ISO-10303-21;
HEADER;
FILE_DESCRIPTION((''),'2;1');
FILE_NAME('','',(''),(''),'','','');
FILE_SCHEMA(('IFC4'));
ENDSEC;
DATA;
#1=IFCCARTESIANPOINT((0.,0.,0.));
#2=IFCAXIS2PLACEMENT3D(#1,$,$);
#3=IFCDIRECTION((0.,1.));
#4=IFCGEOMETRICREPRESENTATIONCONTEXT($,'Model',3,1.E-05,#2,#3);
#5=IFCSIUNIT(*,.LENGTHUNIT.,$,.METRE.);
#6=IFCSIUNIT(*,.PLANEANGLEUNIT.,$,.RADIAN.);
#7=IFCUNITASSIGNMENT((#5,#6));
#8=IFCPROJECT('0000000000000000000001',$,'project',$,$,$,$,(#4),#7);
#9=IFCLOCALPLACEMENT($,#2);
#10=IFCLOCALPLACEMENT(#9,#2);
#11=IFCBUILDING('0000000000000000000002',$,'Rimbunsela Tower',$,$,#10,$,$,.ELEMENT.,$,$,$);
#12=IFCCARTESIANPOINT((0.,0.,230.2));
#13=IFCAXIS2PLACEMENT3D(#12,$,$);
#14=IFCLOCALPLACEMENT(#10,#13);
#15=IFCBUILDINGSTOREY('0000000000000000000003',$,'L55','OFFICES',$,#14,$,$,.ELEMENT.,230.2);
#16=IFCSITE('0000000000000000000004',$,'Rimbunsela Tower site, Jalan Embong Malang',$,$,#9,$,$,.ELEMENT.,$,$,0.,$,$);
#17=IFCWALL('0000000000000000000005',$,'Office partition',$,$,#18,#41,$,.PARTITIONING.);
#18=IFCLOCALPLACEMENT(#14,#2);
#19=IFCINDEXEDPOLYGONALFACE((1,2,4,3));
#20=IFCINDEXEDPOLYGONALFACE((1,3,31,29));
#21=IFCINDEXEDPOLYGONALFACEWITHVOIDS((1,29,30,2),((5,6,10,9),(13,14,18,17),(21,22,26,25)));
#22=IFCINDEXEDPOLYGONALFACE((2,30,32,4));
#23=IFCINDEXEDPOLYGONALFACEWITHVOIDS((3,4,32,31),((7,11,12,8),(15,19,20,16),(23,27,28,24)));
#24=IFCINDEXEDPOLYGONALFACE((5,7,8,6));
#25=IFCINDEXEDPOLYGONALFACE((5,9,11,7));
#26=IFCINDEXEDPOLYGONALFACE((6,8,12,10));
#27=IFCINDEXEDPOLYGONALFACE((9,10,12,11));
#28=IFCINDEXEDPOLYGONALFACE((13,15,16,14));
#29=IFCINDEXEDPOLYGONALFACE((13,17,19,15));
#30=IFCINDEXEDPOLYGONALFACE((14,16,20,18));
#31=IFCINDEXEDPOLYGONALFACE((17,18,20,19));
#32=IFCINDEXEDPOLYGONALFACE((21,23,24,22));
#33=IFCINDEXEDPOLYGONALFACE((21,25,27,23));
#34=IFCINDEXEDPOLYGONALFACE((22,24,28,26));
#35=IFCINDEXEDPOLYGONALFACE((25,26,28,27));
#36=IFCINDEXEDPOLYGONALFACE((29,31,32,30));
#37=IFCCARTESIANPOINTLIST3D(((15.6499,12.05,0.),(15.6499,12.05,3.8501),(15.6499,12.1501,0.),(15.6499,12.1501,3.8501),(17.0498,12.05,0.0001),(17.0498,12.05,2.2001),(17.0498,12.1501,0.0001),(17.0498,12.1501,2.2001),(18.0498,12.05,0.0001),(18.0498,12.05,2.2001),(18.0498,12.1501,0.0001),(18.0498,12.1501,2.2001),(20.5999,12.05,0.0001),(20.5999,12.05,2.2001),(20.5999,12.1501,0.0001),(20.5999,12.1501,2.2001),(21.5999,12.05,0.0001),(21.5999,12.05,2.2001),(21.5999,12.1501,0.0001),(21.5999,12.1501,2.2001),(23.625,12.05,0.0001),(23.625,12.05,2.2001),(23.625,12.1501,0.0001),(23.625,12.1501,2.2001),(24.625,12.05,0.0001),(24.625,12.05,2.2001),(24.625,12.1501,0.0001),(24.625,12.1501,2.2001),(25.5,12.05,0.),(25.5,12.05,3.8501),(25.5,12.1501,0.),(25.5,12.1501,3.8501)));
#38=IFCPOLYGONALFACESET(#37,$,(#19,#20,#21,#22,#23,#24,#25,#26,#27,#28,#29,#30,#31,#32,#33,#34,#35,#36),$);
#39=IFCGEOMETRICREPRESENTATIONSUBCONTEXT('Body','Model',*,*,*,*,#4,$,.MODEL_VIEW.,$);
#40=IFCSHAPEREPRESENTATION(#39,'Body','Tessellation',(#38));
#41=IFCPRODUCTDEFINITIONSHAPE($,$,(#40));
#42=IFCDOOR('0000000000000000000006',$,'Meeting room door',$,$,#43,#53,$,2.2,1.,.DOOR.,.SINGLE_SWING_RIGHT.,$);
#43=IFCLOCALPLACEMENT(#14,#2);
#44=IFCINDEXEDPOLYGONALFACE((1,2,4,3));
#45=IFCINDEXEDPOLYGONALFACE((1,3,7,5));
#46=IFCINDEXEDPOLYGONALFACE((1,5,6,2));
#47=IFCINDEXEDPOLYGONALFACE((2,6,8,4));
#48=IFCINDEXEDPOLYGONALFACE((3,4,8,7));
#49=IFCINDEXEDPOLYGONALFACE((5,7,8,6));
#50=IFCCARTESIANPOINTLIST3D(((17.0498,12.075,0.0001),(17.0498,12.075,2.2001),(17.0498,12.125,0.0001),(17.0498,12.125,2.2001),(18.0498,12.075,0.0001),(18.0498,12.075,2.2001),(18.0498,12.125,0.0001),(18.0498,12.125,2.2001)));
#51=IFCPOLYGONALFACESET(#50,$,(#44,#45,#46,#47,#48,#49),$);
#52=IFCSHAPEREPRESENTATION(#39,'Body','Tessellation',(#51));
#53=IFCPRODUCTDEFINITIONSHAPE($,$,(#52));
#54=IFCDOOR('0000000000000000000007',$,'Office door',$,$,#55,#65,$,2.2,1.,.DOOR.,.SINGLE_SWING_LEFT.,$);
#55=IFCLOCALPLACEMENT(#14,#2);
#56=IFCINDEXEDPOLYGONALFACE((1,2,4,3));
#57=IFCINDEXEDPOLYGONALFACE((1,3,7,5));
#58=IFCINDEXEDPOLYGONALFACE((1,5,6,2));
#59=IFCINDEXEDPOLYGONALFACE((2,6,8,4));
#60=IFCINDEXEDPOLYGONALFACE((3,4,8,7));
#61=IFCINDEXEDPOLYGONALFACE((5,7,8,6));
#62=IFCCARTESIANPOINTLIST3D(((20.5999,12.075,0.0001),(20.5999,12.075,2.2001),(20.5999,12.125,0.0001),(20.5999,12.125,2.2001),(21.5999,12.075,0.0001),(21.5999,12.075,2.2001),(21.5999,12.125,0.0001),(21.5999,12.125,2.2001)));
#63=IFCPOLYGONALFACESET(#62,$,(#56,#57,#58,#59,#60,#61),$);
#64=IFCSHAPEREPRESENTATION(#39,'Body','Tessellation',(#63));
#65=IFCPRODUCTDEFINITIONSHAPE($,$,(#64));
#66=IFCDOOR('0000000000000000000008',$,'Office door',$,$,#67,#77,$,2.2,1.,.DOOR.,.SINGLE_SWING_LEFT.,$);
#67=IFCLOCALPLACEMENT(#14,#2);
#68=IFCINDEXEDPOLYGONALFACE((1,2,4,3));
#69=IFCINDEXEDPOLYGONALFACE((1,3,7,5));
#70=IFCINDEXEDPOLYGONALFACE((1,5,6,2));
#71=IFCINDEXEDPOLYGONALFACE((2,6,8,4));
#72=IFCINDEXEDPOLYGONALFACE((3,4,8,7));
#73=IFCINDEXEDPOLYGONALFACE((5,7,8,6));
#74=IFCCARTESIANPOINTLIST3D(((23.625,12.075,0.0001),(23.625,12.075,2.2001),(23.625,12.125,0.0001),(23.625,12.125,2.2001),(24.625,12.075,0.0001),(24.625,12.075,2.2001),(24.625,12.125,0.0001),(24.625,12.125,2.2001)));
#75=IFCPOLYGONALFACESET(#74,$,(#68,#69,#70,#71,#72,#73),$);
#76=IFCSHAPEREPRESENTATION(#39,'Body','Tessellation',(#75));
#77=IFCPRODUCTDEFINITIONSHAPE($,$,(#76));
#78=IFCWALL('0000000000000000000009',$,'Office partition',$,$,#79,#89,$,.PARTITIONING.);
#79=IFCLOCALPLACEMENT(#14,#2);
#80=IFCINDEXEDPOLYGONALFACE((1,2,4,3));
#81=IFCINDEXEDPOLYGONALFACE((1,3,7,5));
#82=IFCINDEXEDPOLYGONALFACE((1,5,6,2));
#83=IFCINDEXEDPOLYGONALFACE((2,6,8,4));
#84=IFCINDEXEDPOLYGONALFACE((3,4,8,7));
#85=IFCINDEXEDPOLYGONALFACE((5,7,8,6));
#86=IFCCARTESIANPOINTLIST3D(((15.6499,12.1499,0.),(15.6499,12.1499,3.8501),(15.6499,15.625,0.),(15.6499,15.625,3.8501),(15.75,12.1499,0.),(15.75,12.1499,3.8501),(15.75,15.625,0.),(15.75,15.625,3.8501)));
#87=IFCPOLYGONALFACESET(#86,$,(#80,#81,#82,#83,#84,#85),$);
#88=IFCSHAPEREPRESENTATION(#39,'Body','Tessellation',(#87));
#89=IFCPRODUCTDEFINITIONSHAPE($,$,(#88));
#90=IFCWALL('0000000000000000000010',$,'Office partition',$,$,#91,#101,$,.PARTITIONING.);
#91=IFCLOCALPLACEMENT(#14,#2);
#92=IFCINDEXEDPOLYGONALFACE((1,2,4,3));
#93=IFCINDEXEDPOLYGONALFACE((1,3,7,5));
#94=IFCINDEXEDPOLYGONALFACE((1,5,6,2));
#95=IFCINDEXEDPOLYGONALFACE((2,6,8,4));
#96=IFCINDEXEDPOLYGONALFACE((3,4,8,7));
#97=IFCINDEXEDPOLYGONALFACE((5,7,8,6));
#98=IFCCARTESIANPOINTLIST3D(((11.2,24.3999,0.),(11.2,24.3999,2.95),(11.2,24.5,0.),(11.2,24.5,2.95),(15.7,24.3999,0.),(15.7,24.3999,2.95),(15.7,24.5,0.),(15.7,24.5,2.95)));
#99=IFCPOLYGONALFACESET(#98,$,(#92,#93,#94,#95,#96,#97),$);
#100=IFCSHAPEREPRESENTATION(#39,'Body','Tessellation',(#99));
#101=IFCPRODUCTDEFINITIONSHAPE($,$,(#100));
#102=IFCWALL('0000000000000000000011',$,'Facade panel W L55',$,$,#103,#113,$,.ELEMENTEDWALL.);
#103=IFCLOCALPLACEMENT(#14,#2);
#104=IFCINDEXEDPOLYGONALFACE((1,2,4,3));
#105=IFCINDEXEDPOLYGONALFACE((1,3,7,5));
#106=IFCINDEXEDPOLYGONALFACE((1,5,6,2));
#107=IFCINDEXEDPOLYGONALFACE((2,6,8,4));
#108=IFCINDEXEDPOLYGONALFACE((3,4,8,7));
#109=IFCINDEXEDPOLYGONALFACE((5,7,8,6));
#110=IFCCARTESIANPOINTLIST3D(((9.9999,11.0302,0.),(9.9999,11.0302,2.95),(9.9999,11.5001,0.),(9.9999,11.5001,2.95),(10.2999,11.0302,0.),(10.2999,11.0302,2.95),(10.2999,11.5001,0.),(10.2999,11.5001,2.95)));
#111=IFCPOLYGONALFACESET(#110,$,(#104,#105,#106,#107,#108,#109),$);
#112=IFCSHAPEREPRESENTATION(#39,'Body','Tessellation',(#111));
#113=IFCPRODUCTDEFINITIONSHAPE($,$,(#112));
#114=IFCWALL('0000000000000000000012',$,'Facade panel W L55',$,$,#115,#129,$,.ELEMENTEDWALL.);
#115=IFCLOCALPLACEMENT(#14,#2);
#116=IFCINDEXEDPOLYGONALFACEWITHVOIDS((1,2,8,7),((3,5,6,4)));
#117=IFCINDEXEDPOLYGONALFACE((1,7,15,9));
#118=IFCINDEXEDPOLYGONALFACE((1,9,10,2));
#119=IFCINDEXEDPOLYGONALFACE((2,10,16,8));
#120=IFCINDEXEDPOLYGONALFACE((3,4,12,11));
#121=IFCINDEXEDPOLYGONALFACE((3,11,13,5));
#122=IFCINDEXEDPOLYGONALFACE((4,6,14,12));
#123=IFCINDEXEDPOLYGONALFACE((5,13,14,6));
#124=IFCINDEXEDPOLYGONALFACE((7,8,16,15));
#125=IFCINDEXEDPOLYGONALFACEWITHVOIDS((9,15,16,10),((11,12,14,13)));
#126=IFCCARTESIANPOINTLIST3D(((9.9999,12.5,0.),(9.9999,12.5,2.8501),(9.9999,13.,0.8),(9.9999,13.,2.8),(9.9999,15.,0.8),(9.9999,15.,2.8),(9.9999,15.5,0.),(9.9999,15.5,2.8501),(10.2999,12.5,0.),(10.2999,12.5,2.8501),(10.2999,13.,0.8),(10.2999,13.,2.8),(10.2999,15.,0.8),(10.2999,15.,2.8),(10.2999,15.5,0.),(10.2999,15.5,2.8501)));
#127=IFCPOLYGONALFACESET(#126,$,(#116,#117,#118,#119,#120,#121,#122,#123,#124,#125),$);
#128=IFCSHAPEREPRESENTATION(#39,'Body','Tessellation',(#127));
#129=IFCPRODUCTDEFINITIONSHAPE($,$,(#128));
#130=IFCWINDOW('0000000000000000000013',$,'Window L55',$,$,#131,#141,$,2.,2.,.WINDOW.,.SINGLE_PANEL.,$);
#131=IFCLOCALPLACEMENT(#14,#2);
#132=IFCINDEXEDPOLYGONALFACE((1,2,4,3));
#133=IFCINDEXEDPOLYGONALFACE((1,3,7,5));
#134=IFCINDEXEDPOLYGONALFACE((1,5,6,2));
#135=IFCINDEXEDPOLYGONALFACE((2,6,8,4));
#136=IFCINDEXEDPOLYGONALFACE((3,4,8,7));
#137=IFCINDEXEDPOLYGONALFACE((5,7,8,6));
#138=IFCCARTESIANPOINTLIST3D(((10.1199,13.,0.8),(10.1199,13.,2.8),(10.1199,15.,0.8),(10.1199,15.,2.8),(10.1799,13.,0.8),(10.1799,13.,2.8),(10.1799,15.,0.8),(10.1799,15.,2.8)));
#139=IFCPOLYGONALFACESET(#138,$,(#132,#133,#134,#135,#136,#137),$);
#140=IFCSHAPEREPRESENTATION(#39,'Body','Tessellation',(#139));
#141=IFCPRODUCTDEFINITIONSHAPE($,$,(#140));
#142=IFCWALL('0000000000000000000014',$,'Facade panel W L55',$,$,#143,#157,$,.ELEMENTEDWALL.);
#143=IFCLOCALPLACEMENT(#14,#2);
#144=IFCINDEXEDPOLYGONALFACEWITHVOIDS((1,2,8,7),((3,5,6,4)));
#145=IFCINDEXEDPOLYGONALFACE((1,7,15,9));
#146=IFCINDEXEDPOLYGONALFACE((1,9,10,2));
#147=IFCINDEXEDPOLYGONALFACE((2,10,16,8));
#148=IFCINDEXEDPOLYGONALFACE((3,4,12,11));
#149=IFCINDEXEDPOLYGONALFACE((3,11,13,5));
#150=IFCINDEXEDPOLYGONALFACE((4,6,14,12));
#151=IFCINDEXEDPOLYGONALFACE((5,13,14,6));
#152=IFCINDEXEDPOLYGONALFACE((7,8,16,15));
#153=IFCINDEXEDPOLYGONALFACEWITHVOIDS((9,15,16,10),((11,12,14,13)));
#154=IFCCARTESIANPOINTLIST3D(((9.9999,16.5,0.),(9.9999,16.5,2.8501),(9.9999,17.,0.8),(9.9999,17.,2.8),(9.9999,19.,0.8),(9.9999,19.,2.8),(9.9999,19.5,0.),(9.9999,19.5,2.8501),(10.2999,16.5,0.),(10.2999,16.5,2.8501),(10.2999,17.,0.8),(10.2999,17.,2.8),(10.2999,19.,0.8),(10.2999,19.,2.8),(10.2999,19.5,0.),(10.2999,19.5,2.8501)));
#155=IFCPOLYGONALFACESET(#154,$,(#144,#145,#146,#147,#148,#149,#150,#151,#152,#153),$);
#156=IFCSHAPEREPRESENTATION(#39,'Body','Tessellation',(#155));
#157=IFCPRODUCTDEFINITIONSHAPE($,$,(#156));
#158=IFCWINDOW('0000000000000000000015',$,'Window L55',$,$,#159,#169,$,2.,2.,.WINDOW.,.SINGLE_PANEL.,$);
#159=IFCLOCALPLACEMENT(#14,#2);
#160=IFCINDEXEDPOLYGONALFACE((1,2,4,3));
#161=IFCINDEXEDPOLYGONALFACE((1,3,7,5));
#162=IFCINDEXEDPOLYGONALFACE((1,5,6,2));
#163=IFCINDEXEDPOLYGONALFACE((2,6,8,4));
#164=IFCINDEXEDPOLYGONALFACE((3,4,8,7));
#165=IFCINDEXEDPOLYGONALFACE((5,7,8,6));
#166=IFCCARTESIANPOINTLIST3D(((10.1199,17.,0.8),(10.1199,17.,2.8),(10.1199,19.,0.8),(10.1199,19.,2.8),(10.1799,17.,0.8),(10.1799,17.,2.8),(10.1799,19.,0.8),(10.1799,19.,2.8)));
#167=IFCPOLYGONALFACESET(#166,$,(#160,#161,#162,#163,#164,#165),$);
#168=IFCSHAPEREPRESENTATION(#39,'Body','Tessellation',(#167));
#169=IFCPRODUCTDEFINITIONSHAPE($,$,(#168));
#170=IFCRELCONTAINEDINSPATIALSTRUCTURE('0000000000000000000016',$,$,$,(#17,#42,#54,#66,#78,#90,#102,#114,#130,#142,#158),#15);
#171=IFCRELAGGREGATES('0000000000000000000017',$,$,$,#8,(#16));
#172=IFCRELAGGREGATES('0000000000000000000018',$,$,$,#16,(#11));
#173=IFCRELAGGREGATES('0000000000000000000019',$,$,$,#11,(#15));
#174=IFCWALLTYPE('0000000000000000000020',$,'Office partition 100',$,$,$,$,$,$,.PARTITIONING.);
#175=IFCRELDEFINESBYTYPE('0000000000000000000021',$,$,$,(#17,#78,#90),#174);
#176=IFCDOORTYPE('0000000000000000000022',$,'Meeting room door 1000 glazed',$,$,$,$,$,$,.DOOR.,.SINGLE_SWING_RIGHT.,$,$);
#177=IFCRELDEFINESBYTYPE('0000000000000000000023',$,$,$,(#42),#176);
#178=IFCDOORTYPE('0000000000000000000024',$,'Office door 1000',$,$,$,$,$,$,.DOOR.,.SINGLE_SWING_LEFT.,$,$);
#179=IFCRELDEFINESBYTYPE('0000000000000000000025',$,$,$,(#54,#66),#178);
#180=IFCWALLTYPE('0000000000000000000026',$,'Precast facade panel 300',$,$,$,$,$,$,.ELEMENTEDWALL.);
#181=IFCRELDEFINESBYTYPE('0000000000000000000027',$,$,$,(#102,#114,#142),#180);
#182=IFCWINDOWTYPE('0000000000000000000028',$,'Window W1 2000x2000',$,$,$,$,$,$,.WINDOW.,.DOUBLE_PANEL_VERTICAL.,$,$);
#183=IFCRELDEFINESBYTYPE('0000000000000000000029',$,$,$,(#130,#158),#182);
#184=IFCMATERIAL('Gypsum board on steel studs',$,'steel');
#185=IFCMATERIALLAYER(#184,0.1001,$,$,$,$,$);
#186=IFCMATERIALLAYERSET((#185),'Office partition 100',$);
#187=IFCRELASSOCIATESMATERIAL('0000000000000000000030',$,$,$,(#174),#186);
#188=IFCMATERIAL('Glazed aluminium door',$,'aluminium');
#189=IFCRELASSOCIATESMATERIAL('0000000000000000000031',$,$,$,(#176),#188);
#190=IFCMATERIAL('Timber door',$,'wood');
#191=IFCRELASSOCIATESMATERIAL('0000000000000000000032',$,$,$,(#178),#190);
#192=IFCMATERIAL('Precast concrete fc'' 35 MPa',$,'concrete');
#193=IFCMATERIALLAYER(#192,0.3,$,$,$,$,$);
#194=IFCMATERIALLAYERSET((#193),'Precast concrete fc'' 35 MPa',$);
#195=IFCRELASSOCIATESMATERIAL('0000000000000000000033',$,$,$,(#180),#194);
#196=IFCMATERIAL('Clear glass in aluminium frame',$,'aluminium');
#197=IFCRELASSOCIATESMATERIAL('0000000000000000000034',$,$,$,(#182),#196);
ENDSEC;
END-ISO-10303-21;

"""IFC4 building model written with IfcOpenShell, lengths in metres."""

from ifc_helpers import new_model, si_unit, direction, frame, frame_2d, origin, place, context, subcontext, project, spatial, rectangle, extrude, material, layer, layer_set, type_object, element, fill, save


model = new_model("IFC4")

# Units and contexts
model_context = context("Model", 3, precision=1e-05, world=origin(), true_north=direction((0.0, 1.0)))
body_context = subcontext(model_context, "Body", "Model", "MODEL_VIEW")
ifc_project = project(units=[si_unit("LENGTHUNIT", "METRE"), si_unit("PLANEANGLEUNIT", "RADIAN")], contexts=[model_context])

# Site, building, storey
site_placement = place(None, origin())
site = spatial("IfcSite", under=ifc_project, at=site_placement, Name="Rimbunsela Tower site, Jalan Embong Malang", CompositionType="ELEMENT", RefElevation=0.0)
building_placement = place(site_placement, origin())
building = spatial("IfcBuilding", under=site, at=building_placement, Name="Rimbunsela Tower", CompositionType="ELEMENT")
storey_placement = place(building_placement, frame((0.0, 0.0, 230.2)))
storey = spatial("IfcBuildingStorey", under=building, at=storey_placement, Name="L55", Description="OFFICES", CompositionType="ELEMENT", Elevation=230.2)

# Wall, openings, doors
ifc_material_1 = material(Name="Gypsum board on steel studs", Category="steel")
ifc_layer_1 = layer(ifc_material_1, 0.1001)
ifc_layer_set_1 = layer_set([ifc_layer_1], Name="Office partition 100")
wall_type_1 = type_object("IfcWallType", Name="Office partition 100", PredefinedType="PARTITIONING", material=ifc_layer_set_1)
wall_1_placement = place(storey_placement, frame((15.6499, 12.1001, 0.0), z_axis=(0.0, 0.0, 1.0), x_axis=(1.0, 0.0, 0.0)))
wall_1 = element("IfcWall", 1, at=wall_1_placement, inside=storey, type_object=wall_type_1, Name="Office partition", PredefinedType="PARTITIONING", context=body_context, shape_type="SweptSolid", body=[
    extrude(rectangle(XDim=9.8501, YDim=0.1001, at=frame_2d((4.925, 0.0))), origin(), (0.0, 0.0, 1.0), 3.8501),
])
opening_1_placement = place(wall_1_placement, frame((1.3999, 0.0, 0.0)))
opening_1 = element("IfcOpeningElement", 2, at=opening_1_placement, cuts=wall_1, PredefinedType="OPENING", context=body_context, shape_type="SweptSolid", body=[
    extrude(rectangle(XDim=1.0, YDim=2.2, at=frame_2d((0.5, 1.1001))), frame((0.0, 0.0601, 0.0), z_axis=(0.0, -1.0, 0.0), x_axis=(1.0, 0.0, 0.0)), (0.0, 0.0, 1.0), 0.1201),
])
opening_2_placement = place(wall_1_placement, frame((4.95, 0.0, 0.0)))
opening_2 = element("IfcOpeningElement", 3, at=opening_2_placement, cuts=wall_1, PredefinedType="OPENING", context=body_context, shape_type="SweptSolid", body=[
    extrude(rectangle(XDim=1.0, YDim=2.2, at=frame_2d((0.5, 1.1001))), frame((0.0, 0.0601, 0.0), z_axis=(0.0, -1.0, 0.0), x_axis=(1.0, 0.0, 0.0)), (0.0, 0.0, 1.0), 0.1201),
])
opening_3_placement = place(wall_1_placement, frame((7.9751, 0.0, 0.0)))
opening_3 = element("IfcOpeningElement", 4, at=opening_3_placement, cuts=wall_1, PredefinedType="OPENING", context=body_context, shape_type="SweptSolid", body=[
    extrude(rectangle(XDim=1.0, YDim=2.2, at=frame_2d((0.5, 1.1001))), frame((0.0, 0.0601, 0.0), z_axis=(0.0, -1.0, 0.0), x_axis=(1.0, 0.0, 0.0)), (0.0, 0.0, 1.0), 0.1201),
])
ifc_material_2 = material(Name="Glazed aluminium door", Category="aluminium")
door_type_1 = type_object("IfcDoorType", Name="Meeting room door 1000 glazed", OperationType="SINGLE_SWING_RIGHT", PredefinedType="DOOR", material=ifc_material_2)
door_1_placement = place(opening_1_placement, origin())
door_1 = element("IfcDoor", 5, at=door_1_placement, inside=storey, type_object=door_type_1, Name="Meeting room door", OperationType="SINGLE_SWING_RIGHT", OverallHeight=2.2, OverallWidth=1.0, PredefinedType="DOOR", context=body_context, shape_type="SweptSolid", body=[
    extrude(rectangle(XDim=1.0, YDim=2.2, at=frame_2d((0.5, 1.1001))), frame((0.0, 0.0249, 0.0), z_axis=(0.0, -1.0, 0.0), x_axis=(1.0, 0.0, 0.0)), (0.0, 0.0, 1.0), 0.05),
])
fill(opening_1, door_1)
ifc_material_3 = material(Name="Timber door", Category="wood")
door_type_2 = type_object("IfcDoorType", Name="Office door 1000", OperationType="SINGLE_SWING_LEFT", PredefinedType="DOOR", material=ifc_material_3)
door_2_placement = place(opening_2_placement, origin())
door_2 = element("IfcDoor", 6, at=door_2_placement, inside=storey, type_object=door_type_2, Name="Office door", OperationType="SINGLE_SWING_LEFT", OverallHeight=2.2, OverallWidth=1.0, PredefinedType="DOOR", context=body_context, shape_type="SweptSolid", body=[
    extrude(rectangle(XDim=1.0, YDim=2.2, at=frame_2d((0.5, 1.1001))), frame((0.0, 0.0249, 0.0), z_axis=(0.0, -1.0, 0.0), x_axis=(1.0, 0.0, 0.0)), (0.0, 0.0, 1.0), 0.05),
])
fill(opening_2, door_2)
door_3_placement = place(opening_3_placement, origin())
door_3 = element("IfcDoor", 7, at=door_3_placement, inside=storey, type_object=door_type_2, Name="Office door", OperationType="SINGLE_SWING_LEFT", OverallHeight=2.2, OverallWidth=1.0, PredefinedType="DOOR", context=body_context, shape_type="SweptSolid", body=[
    extrude(rectangle(XDim=1.0, YDim=2.2, at=frame_2d((0.5, 1.1001))), frame((0.0, 0.0249, 0.0), z_axis=(0.0, -1.0, 0.0), x_axis=(1.0, 0.0, 0.0)), (0.0, 0.0, 1.0), 0.05),
])
fill(opening_3, door_3)

# Walls
wall_2_placement = place(storey_placement, frame((15.7, 12.1499, 0.0), z_axis=(0.0, 0.0, 1.0), x_axis=(0.0, 1.0, 0.0)))
element("IfcWall", 8, at=wall_2_placement, inside=storey, type_object=wall_type_1, Name="Office partition", PredefinedType="PARTITIONING", context=body_context, shape_type="SweptSolid", body=[
    extrude(rectangle(XDim=3.4751, YDim=0.1001, at=frame_2d((1.7375, 0.0))), origin(), (0.0, 0.0, 1.0), 3.8501),
])
wall_3_placement = place(storey_placement, frame((11.2, 24.45, 0.0), z_axis=(0.0, 0.0, 1.0), x_axis=(1.0, 0.0, 0.0)))
element("IfcWall", 9, at=wall_3_placement, inside=storey, type_object=wall_type_1, Name="Office partition", PredefinedType="PARTITIONING", context=body_context, shape_type="SweptSolid", body=[
    extrude(rectangle(XDim=4.5, YDim=0.1001, at=frame_2d((2.25, 0.0))), origin(), (0.0, 0.0, 1.0), 2.95),
])
ifc_material_4 = material(Name="Precast concrete fc' 35 MPa", Category="concrete")
ifc_layer_2 = layer(ifc_material_4, 0.3)
ifc_layer_set_2 = layer_set([ifc_layer_2], Name="Precast concrete fc' 35 MPa")
wall_type_2 = type_object("IfcWallType", Name="Precast facade panel 300", PredefinedType="ELEMENTEDWALL", material=ifc_layer_set_2)
wall_4_placement = place(storey_placement, frame((10.1499, 11.5, 0.0), z_axis=(0.0, 0.0, 1.0), x_axis=(0.0, -1.0, 0.0)))
element("IfcWall", 10, at=wall_4_placement, inside=storey, type_object=wall_type_2, Name="Facade panel W L55", PredefinedType="ELEMENTEDWALL", context=body_context, shape_type="SweptSolid", body=[
    extrude(rectangle(XDim=0.47, YDim=0.3, at=frame_2d((0.2349, 0.0))), origin(), (0.0, 0.0, 1.0), 2.95),
])

# Walls, openings, windows
wall_5_placement = place(storey_placement, frame((10.1499, 15.5, 0.0), z_axis=(0.0, 0.0, 1.0), x_axis=(0.0, -1.0, 0.0)))
wall_5 = element("IfcWall", 11, at=wall_5_placement, inside=storey, type_object=wall_type_2, Name="Facade panel W L55", PredefinedType="ELEMENTEDWALL", context=body_context, shape_type="SweptSolid", body=[
    extrude(rectangle(XDim=3.0, YDim=0.3, at=frame_2d((1.5, 0.0))), origin(), (0.0, 0.0, 1.0), 2.8501),
])
opening_4_placement = place(wall_5_placement, frame((0.5, 0.0, 0.8)))
opening_4 = element("IfcOpeningElement", 12, at=opening_4_placement, cuts=wall_5, PredefinedType="OPENING", context=body_context, shape_type="SweptSolid", body=[
    extrude(rectangle(XDim=2.0, YDim=2.0, at=frame_2d((1.0, 1.0))), frame((0.0, 0.1599, 0.0), z_axis=(0.0, -1.0, 0.0), x_axis=(1.0, 0.0, 0.0)), (0.0, 0.0, 1.0), 0.3201),
])
ifc_material_5 = material(Name="Clear glass in aluminium frame", Category="aluminium")
window_type = type_object("IfcWindowType", Name="Window W1 2000x2000", PartitioningType="DOUBLE_PANEL_VERTICAL", PredefinedType="WINDOW", material=ifc_material_5)
window_1_placement = place(opening_4_placement, origin())
window_1 = element("IfcWindow", 13, at=window_1_placement, inside=storey, type_object=window_type, Name="Window L55", OverallHeight=2.0, OverallWidth=2.0, PartitioningType="SINGLE_PANEL", PredefinedType="WINDOW", context=body_context, shape_type="SweptSolid", body=[
    extrude(rectangle(XDim=2.0, YDim=2.0, at=frame_2d((1.0, 1.0))), frame((0.0, 0.03, 0.0), z_axis=(0.0, -1.0, 0.0), x_axis=(1.0, 0.0, 0.0)), (0.0, 0.0, 1.0), 0.0601),
])
fill(opening_4, window_1)
wall_6_placement = place(storey_placement, frame((10.1499, 19.5, 0.0), z_axis=(0.0, 0.0, 1.0), x_axis=(0.0, -1.0, 0.0)))
wall_6 = element("IfcWall", 14, at=wall_6_placement, inside=storey, type_object=wall_type_2, Name="Facade panel W L55", PredefinedType="ELEMENTEDWALL", context=body_context, shape_type="SweptSolid", body=[
    extrude(rectangle(XDim=3.0, YDim=0.3, at=frame_2d((1.5, 0.0))), origin(), (0.0, 0.0, 1.0), 2.8501),
])
opening_5_placement = place(wall_6_placement, frame((0.5, 0.0, 0.8)))
opening_5 = element("IfcOpeningElement", 15, at=opening_5_placement, cuts=wall_6, PredefinedType="OPENING", context=body_context, shape_type="SweptSolid", body=[
    extrude(rectangle(XDim=2.0, YDim=2.0, at=frame_2d((1.0, 1.0))), frame((0.0, 0.1599, 0.0), z_axis=(0.0, -1.0, 0.0), x_axis=(1.0, 0.0, 0.0)), (0.0, 0.0, 1.0), 0.3201),
])
window_2_placement = place(opening_5_placement, origin())
window_2 = element("IfcWindow", 16, at=window_2_placement, inside=storey, type_object=window_type, Name="Window L55", OverallHeight=2.0, OverallWidth=2.0, PartitioningType="SINGLE_PANEL", PredefinedType="WINDOW", context=body_context, shape_type="SweptSolid", body=[
    extrude(rectangle(XDim=2.0, YDim=2.0, at=frame_2d((1.0, 1.0))), frame((0.0, 0.03, 0.0), z_axis=(0.0, -1.0, 0.0), x_axis=(1.0, 0.0, 0.0)), (0.0, 0.0, 1.0), 0.0601),
])
fill(opening_5, window_2)

save(model, "model.ifc")
